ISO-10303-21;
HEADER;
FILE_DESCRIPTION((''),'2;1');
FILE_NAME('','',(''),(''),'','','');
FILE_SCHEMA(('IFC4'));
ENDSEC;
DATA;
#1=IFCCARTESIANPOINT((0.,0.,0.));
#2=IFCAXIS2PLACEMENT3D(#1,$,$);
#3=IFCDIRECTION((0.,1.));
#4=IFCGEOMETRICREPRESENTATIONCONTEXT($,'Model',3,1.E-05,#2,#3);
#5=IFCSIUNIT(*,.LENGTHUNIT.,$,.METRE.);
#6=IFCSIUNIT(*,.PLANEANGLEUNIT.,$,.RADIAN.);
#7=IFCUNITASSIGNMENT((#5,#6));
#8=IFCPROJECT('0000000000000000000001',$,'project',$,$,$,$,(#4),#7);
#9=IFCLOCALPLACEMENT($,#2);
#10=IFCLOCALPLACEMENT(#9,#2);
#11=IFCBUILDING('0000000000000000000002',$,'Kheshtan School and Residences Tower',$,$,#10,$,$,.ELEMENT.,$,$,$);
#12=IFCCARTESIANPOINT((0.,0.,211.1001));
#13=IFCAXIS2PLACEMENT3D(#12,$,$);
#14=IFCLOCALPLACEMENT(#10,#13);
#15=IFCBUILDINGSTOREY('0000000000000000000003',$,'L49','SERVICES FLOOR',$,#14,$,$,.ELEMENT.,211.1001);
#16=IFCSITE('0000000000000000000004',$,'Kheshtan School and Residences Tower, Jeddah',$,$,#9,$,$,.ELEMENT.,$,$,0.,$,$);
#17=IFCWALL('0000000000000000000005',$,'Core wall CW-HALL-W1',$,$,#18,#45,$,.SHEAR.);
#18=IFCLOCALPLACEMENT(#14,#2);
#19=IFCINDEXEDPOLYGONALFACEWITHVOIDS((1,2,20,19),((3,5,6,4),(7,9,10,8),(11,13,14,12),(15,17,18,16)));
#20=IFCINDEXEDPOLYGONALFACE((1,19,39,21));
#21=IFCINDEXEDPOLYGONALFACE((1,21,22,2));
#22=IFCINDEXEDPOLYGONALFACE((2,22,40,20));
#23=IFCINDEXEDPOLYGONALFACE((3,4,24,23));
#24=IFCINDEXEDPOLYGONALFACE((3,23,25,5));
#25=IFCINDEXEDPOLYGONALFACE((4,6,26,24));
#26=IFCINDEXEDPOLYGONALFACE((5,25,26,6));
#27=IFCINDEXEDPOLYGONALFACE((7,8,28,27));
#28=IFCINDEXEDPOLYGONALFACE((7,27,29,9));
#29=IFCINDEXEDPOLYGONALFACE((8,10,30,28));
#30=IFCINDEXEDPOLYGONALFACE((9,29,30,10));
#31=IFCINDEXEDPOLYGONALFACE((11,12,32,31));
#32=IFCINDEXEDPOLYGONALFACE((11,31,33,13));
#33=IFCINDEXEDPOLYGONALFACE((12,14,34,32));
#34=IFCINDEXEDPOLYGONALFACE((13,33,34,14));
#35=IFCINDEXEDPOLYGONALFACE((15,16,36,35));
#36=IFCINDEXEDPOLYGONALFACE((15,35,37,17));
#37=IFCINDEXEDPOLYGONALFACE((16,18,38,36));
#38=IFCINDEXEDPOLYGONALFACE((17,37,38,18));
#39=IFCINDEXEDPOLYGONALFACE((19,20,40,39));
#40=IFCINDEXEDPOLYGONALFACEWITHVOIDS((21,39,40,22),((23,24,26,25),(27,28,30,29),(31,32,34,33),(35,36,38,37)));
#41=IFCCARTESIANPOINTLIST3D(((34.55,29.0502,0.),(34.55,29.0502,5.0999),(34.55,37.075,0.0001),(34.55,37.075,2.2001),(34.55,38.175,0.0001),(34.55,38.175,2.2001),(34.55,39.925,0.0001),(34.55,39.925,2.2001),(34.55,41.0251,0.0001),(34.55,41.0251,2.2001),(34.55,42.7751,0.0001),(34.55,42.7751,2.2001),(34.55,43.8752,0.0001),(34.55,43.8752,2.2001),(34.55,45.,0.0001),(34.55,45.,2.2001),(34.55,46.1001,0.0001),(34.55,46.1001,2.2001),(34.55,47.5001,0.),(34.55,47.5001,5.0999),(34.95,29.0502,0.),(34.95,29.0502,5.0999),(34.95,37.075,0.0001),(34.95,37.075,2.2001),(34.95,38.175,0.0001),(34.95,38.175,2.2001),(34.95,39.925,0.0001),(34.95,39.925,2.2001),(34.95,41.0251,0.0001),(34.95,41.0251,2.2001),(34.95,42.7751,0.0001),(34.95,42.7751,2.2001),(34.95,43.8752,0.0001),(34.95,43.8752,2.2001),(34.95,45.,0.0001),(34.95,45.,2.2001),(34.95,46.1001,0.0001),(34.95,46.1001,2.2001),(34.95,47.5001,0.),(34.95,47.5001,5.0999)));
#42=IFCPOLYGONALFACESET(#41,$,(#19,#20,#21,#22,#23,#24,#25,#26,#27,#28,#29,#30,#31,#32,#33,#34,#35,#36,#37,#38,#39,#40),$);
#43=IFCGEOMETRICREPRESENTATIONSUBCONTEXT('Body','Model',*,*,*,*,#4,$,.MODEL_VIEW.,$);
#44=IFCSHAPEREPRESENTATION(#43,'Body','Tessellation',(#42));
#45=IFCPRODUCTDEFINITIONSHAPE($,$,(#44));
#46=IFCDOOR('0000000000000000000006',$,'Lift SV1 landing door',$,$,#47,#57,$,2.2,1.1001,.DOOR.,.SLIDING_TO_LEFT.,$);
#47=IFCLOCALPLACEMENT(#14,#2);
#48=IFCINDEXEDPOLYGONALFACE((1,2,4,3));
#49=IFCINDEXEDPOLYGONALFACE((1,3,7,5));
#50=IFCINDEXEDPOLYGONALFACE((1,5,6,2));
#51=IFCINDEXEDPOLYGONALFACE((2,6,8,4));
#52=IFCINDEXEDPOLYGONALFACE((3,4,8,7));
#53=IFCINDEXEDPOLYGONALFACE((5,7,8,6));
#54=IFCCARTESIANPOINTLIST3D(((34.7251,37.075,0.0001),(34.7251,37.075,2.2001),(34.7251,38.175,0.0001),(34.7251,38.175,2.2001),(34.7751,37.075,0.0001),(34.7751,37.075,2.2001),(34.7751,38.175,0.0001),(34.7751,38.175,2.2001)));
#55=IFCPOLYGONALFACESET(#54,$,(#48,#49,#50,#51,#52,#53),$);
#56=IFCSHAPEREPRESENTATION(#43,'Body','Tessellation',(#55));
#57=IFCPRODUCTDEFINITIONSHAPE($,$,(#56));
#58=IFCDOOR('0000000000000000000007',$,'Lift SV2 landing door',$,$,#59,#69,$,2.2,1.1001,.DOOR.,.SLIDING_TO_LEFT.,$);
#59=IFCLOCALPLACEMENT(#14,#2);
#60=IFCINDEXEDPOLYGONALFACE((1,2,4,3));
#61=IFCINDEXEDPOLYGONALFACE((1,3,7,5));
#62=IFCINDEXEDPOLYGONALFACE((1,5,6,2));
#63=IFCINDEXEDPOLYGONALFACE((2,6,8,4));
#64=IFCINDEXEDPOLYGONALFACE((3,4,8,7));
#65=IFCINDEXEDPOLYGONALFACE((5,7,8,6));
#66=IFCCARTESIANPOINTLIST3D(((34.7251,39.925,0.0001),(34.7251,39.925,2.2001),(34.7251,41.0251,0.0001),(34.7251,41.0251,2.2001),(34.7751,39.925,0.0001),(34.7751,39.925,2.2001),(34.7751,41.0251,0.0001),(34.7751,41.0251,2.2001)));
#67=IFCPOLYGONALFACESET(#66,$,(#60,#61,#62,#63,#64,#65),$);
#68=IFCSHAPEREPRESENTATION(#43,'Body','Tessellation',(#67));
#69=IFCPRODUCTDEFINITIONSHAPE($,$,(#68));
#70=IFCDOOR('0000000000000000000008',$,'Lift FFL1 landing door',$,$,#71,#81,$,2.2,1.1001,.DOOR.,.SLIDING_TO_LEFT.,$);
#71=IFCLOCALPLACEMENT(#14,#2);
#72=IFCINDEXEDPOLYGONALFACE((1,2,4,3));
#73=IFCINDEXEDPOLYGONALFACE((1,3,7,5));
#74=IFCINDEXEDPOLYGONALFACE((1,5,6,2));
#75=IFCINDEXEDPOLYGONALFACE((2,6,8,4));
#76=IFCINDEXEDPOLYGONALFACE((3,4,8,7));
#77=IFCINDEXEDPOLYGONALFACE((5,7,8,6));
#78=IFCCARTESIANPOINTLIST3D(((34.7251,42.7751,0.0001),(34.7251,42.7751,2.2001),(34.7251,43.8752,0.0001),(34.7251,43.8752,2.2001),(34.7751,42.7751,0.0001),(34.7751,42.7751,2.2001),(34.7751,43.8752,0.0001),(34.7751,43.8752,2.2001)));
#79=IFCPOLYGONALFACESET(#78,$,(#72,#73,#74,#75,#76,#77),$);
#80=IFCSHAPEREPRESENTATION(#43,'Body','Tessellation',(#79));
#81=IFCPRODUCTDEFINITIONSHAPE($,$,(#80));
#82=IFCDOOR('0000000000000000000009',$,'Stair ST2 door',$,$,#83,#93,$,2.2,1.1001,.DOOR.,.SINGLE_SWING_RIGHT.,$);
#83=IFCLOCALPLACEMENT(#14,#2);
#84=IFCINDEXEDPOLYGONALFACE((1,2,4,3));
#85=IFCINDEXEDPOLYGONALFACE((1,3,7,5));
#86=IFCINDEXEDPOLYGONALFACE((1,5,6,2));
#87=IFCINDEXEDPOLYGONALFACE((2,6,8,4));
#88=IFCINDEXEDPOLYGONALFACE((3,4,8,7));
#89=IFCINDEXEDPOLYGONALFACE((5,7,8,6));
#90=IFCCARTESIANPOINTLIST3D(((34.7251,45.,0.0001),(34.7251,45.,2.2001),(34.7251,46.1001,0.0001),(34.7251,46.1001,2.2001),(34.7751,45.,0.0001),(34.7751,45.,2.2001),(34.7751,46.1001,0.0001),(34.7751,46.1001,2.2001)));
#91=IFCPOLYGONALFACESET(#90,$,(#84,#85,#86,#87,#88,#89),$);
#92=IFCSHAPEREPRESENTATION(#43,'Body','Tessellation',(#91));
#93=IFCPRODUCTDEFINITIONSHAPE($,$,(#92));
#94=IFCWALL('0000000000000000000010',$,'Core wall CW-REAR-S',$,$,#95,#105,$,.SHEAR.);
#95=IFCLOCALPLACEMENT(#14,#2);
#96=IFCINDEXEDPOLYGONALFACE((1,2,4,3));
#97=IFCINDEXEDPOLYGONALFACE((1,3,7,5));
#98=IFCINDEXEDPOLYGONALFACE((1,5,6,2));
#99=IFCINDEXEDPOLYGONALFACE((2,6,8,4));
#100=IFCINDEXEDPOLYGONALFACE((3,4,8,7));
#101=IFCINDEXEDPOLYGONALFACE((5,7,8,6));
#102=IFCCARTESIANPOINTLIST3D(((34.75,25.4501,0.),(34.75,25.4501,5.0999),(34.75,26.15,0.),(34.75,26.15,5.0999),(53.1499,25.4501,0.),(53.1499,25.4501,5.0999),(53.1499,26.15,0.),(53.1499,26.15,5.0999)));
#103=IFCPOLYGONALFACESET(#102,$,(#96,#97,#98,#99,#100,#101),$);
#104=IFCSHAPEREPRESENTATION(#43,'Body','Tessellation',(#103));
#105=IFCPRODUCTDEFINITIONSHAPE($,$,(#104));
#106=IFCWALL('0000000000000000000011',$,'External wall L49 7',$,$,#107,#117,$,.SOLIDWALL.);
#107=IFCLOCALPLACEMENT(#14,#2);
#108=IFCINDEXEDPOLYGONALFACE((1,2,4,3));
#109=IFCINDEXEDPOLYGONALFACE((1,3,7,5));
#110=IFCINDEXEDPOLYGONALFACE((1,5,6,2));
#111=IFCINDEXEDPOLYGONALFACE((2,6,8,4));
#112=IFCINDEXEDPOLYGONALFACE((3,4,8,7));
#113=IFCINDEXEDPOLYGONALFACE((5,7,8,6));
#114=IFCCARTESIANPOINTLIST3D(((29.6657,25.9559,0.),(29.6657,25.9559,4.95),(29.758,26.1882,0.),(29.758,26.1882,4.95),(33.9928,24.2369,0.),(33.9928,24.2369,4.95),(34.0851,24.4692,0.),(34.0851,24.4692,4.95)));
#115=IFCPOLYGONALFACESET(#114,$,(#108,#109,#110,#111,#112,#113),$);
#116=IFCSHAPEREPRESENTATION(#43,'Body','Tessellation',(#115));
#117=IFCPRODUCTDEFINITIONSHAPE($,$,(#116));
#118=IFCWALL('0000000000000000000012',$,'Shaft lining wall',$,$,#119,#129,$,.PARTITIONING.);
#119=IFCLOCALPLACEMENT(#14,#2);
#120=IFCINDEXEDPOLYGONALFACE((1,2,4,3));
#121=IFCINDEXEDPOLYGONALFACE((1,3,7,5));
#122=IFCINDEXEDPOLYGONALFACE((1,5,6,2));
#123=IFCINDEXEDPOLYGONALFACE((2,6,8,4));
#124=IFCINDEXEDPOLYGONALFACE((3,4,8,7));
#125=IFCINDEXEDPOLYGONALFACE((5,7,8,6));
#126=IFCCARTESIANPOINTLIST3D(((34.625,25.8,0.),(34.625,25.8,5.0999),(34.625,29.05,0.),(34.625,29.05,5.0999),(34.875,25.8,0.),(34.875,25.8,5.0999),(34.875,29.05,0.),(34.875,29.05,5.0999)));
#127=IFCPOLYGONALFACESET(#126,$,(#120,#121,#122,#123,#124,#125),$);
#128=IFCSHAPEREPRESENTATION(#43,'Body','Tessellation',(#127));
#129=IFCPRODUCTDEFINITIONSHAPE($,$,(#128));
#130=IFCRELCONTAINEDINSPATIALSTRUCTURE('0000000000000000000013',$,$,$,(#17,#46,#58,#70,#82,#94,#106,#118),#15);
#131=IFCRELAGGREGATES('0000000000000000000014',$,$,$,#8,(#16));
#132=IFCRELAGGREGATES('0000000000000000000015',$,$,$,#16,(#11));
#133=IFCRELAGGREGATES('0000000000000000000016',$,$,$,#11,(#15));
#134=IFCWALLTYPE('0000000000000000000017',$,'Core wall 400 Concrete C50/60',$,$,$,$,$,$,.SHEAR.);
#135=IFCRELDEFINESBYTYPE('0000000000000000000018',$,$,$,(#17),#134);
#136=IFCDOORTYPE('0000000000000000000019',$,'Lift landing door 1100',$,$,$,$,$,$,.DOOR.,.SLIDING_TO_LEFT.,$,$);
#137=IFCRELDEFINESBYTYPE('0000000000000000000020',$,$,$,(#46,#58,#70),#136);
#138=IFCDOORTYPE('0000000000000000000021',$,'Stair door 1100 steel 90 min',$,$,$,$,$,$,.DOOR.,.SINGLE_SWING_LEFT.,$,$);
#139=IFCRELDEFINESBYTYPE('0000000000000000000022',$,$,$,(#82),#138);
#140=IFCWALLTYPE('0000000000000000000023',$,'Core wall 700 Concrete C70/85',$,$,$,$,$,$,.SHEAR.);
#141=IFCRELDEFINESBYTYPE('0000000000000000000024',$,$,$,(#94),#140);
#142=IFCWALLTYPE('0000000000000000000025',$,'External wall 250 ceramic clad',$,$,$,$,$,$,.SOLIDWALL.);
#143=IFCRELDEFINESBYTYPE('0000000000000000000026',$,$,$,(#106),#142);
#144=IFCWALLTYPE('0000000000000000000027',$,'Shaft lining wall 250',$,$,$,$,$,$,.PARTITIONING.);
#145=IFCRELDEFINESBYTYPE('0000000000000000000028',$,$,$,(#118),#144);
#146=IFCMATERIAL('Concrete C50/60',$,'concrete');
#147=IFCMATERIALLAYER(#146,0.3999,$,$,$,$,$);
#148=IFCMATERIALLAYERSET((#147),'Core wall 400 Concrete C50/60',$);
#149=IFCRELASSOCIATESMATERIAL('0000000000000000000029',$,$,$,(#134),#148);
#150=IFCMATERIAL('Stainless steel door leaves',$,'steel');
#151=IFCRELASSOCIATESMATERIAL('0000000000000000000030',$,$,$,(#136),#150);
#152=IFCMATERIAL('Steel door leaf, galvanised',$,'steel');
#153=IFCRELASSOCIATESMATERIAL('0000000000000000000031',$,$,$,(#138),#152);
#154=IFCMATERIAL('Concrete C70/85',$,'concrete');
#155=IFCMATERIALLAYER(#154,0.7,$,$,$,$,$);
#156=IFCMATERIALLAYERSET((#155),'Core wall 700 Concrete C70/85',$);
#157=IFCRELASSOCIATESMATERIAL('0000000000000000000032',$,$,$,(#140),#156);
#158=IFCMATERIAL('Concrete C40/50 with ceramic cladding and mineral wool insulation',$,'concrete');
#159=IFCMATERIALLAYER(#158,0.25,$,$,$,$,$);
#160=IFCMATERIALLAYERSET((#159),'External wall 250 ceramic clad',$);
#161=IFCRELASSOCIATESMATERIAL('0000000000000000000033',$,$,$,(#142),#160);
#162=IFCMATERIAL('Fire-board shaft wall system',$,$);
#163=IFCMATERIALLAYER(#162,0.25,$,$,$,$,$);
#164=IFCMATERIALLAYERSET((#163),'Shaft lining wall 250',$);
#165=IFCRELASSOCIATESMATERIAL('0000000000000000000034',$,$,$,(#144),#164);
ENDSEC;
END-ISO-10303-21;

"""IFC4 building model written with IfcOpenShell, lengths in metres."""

from ifc_helpers import new_model, si_unit, direction, frame, frame_2d, origin, place, context, subcontext, project, spatial, rectangle, extrude, source, transform, mapped, material, layer, layer_set, type_object, element, fill, save


model = new_model("IFC4")

# Units and contexts
model_context = context("Model", 3, precision=1e-05, world=origin(), true_north=direction((0.0, 1.0)))
body_context = subcontext(model_context, "Body", "Model", "MODEL_VIEW")
ifc_project = project(units=[si_unit("LENGTHUNIT", "METRE"), si_unit("PLANEANGLEUNIT", "RADIAN")], contexts=[model_context])

# Site, building, storey
site_placement = place(None, origin())
site = spatial("IfcSite", under=ifc_project, at=site_placement, Name="Kheshtan School and Residences Tower, Jeddah", CompositionType="ELEMENT", RefElevation=0.0)
building_placement = place(site_placement, origin())
building = spatial("IfcBuilding", under=site, at=building_placement, Name="Kheshtan School and Residences Tower", CompositionType="ELEMENT")
storey_placement = place(building_placement, frame((0.0, 0.0, 211.1001)))
storey = spatial("IfcBuildingStorey", under=building, at=storey_placement, Name="L49", Description="SERVICES FLOOR", CompositionType="ELEMENT", Elevation=211.1001)

# Wall, openings, doors
ifc_material_1 = material(Name="Concrete C50/60", Category="concrete")
ifc_layer_1 = layer(ifc_material_1, 0.3999)
ifc_layer_set_1 = layer_set([ifc_layer_1], Name="Core wall 400 Concrete C50/60")
wall_type_1 = type_object("IfcWallType", Name="Core wall 400 Concrete C50/60", PredefinedType="SHEAR", material=ifc_layer_set_1)
ifc_material_2 = material(Name="Stainless steel door leaves", Category="steel")
door_type_1 = type_object("IfcDoorType", Name="Lift landing door 1100", OperationType="SLIDING_TO_LEFT", PredefinedType="DOOR", material=ifc_material_2)
shared_shape_1 = source(origin(), body_context, "Body", "SweptSolid", [
    extrude(rectangle(XDim=1.1001, YDim=2.2, at=frame_2d((0.55, 1.1001))), frame((0.0, 0.0249, 0.0), z_axis=(0.0, -1.0, 0.0), x_axis=(1.0, 0.0, 0.0)), (0.0, 0.0, 1.0), 0.05),
])
wall_1_placement = place(storey_placement, frame((34.75, 29.05, 0.0), z_axis=(0.0, 0.0, 1.0), x_axis=(0.0, 1.0, 0.0)))
wall_1 = element("IfcWall", 1, at=wall_1_placement, inside=storey, type_object=wall_type_1, Name="Core wall CW-HALL-W1", PredefinedType="SHEAR", context=body_context, shape_type="SweptSolid", body=[
    extrude(rectangle(XDim=18.45, YDim=0.3999, at=frame_2d((9.2251, 0.0))), origin(), (0.0, 0.0, 1.0), 5.0999),
])
opening_1_placement = place(wall_1_placement, frame((8.0249, 0.0, 0.0)))
opening_1 = element("IfcOpeningElement", 2, at=opening_1_placement, cuts=wall_1, PredefinedType="OPENING", context=body_context, shape_type="SweptSolid", body=[
    extrude(rectangle(XDim=1.1001, YDim=2.2, at=frame_2d((0.55, 1.1001))), frame((0.0, 0.21, 0.0), z_axis=(0.0, -1.0, 0.0), x_axis=(1.0, 0.0, 0.0)), (0.0, 0.0, 1.0), 0.4199),
])
opening_2_placement = place(wall_1_placement, frame((10.875, 0.0, 0.0)))
opening_2 = element("IfcOpeningElement", 3, at=opening_2_placement, cuts=wall_1, PredefinedType="OPENING", context=body_context, shape_type="SweptSolid", body=[
    extrude(rectangle(XDim=1.1001, YDim=2.2, at=frame_2d((0.55, 1.1001))), frame((0.0, 0.21, 0.0), z_axis=(0.0, -1.0, 0.0), x_axis=(1.0, 0.0, 0.0)), (0.0, 0.0, 1.0), 0.4199),
])
opening_3_placement = place(wall_1_placement, frame((13.7251, 0.0, 0.0)))
opening_3 = element("IfcOpeningElement", 4, at=opening_3_placement, cuts=wall_1, PredefinedType="OPENING", context=body_context, shape_type="SweptSolid", body=[
    extrude(rectangle(XDim=1.1001, YDim=2.2, at=frame_2d((0.55, 1.1001))), frame((0.0, 0.21, 0.0), z_axis=(0.0, -1.0, 0.0), x_axis=(1.0, 0.0, 0.0)), (0.0, 0.0, 1.0), 0.4199),
])
opening_4_placement = place(wall_1_placement, frame((15.95, 0.0, 0.0)))
opening_4 = element("IfcOpeningElement", 5, at=opening_4_placement, cuts=wall_1, PredefinedType="OPENING", context=body_context, shape_type="SweptSolid", body=[
    extrude(rectangle(XDim=1.1001, YDim=2.2, at=frame_2d((0.55, 1.1001))), frame((0.0, 0.21, 0.0), z_axis=(0.0, -1.0, 0.0), x_axis=(1.0, 0.0, 0.0)), (0.0, 0.0, 1.0), 0.4199),
])
door_1_placement = place(opening_1_placement, origin())
door_1 = element("IfcDoor", 6, at=door_1_placement, inside=storey, type_object=door_type_1, Name="Lift SV1 landing door", OperationType="SLIDING_TO_LEFT", OverallHeight=2.2, OverallWidth=1.1001, PredefinedType="DOOR", context=body_context, shape_type="MappedRepresentation", body=[
    mapped(shared_shape_1, transform((0.0, 0.0, 0.0), x_axis=(1.0, 0.0, 0.0), y_axis=(0.0, 1.0, 0.0), z_axis=(0.0, 0.0, 1.0), scale=1.0)),
])
fill(opening_1, door_1)
door_2_placement = place(opening_2_placement, origin())
door_2 = element("IfcDoor", 7, at=door_2_placement, inside=storey, type_object=door_type_1, Name="Lift SV2 landing door", OperationType="SLIDING_TO_LEFT", OverallHeight=2.2, OverallWidth=1.1001, PredefinedType="DOOR", context=body_context, shape_type="MappedRepresentation", body=[
    mapped(shared_shape_1, transform((0.0, 0.0, 0.0), x_axis=(1.0, 0.0, 0.0), y_axis=(0.0, 1.0, 0.0), z_axis=(0.0, 0.0, 1.0), scale=1.0)),
])
fill(opening_2, door_2)
door_3_placement = place(opening_3_placement, origin())
door_3 = element("IfcDoor", 8, at=door_3_placement, inside=storey, type_object=door_type_1, Name="Lift FFL1 landing door", OperationType="SLIDING_TO_LEFT", OverallHeight=2.2, OverallWidth=1.1001, PredefinedType="DOOR", context=body_context, shape_type="MappedRepresentation", body=[
    mapped(shared_shape_1, transform((0.0, 0.0, 0.0), x_axis=(1.0, 0.0, 0.0), y_axis=(0.0, 1.0, 0.0), z_axis=(0.0, 0.0, 1.0), scale=1.0)),
])
fill(opening_3, door_3)
ifc_material_3 = material(Name="Steel door leaf, galvanised", Category="steel")
door_type_2 = type_object("IfcDoorType", Name="Stair door 1100 steel 90 min", OperationType="SINGLE_SWING_LEFT", PredefinedType="DOOR", material=ifc_material_3)
shared_shape_2 = source(origin(), body_context, "Body", "SweptSolid", [
    extrude(rectangle(XDim=1.1001, YDim=2.2, at=frame_2d((0.55, 1.1001))), frame((0.0, 0.0249, 0.0), z_axis=(0.0, -1.0, 0.0), x_axis=(1.0, 0.0, 0.0)), (0.0, 0.0, 1.0), 0.05),
])
door_4_placement = place(opening_4_placement, origin())
door_4 = element("IfcDoor", 9, at=door_4_placement, inside=storey, type_object=door_type_2, Name="Stair ST2 door", OperationType="SINGLE_SWING_RIGHT", OverallHeight=2.2, OverallWidth=1.1001, PredefinedType="DOOR", context=body_context, shape_type="MappedRepresentation", body=[
    mapped(shared_shape_2, transform((0.0, 0.0, 0.0), x_axis=(1.0, 0.0, 0.0), y_axis=(0.0, 1.0, 0.0), z_axis=(0.0, 0.0, 1.0), scale=1.0)),
])
fill(opening_4, door_4)

# Walls
ifc_material_4 = material(Name="Concrete C70/85", Category="concrete")
ifc_layer_2 = layer(ifc_material_4, 0.7)
ifc_layer_set_2 = layer_set([ifc_layer_2], Name="Core wall 700 Concrete C70/85")
wall_type_2 = type_object("IfcWallType", Name="Core wall 700 Concrete C70/85", PredefinedType="SHEAR", material=ifc_layer_set_2)
wall_2_placement = place(storey_placement, frame((34.75, 25.8, 0.0), z_axis=(0.0, 0.0, 1.0), x_axis=(1.0, 0.0, 0.0)))
element("IfcWall", 10, at=wall_2_placement, inside=storey, type_object=wall_type_2, Name="Core wall CW-REAR-S", PredefinedType="SHEAR", context=body_context, shape_type="SweptSolid", body=[
    extrude(rectangle(XDim=18.3999, YDim=0.7, at=frame_2d((9.2, 0.0))), origin(), (0.0, 0.0, 1.0), 5.0999),
])
ifc_material_5 = material(Name="Concrete C40/50 with ceramic cladding and mineral wool insulation", Category="concrete")
ifc_layer_3 = layer(ifc_material_5, 0.25)
ifc_layer_set_3 = layer_set([ifc_layer_3], Name="External wall 250 ceramic clad")
wall_type_3 = type_object("IfcWallType", Name="External wall 250 ceramic clad", PredefinedType="SOLIDWALL", material=ifc_layer_set_3)
wall_3_placement = place(storey_placement, frame((34.0391, 24.353, 0.0), z_axis=(0.0, 0.0, 1.0), x_axis=(-0.929353, 0.369193, 0.0)))
element("IfcWall", 11, at=wall_3_placement, inside=storey, type_object=wall_type_3, Name="External wall L49 7", PredefinedType="SOLIDWALL", context=body_context, shape_type="SweptSolid", body=[
    extrude(rectangle(XDim=4.656, YDim=0.25, at=frame_2d((2.3281, 0.0))), origin(), (0.0, 0.0, 1.0), 4.95),
])
ifc_material_6 = material(Name="Fire-board shaft wall system")
ifc_layer_4 = layer(ifc_material_6, 0.25)
ifc_layer_set_4 = layer_set([ifc_layer_4], Name="Shaft lining wall 250")
wall_type_4 = type_object("IfcWallType", Name="Shaft lining wall 250", PredefinedType="PARTITIONING", material=ifc_layer_set_4)
wall_4_placement = place(storey_placement, frame((34.75, 25.8, 0.0), z_axis=(0.0, 0.0, 1.0), x_axis=(0.0, 1.0, 0.0)))
element("IfcWall", 12, at=wall_4_placement, inside=storey, type_object=wall_type_4, Name="Shaft lining wall", PredefinedType="PARTITIONING", context=body_context, shape_type="SweptSolid", body=[
    extrude(rectangle(XDim=3.25, YDim=0.25, at=frame_2d((1.625, 0.0))), origin(), (0.0, 0.0, 1.0), 5.0999),
])

save(model, "model.ifc")
